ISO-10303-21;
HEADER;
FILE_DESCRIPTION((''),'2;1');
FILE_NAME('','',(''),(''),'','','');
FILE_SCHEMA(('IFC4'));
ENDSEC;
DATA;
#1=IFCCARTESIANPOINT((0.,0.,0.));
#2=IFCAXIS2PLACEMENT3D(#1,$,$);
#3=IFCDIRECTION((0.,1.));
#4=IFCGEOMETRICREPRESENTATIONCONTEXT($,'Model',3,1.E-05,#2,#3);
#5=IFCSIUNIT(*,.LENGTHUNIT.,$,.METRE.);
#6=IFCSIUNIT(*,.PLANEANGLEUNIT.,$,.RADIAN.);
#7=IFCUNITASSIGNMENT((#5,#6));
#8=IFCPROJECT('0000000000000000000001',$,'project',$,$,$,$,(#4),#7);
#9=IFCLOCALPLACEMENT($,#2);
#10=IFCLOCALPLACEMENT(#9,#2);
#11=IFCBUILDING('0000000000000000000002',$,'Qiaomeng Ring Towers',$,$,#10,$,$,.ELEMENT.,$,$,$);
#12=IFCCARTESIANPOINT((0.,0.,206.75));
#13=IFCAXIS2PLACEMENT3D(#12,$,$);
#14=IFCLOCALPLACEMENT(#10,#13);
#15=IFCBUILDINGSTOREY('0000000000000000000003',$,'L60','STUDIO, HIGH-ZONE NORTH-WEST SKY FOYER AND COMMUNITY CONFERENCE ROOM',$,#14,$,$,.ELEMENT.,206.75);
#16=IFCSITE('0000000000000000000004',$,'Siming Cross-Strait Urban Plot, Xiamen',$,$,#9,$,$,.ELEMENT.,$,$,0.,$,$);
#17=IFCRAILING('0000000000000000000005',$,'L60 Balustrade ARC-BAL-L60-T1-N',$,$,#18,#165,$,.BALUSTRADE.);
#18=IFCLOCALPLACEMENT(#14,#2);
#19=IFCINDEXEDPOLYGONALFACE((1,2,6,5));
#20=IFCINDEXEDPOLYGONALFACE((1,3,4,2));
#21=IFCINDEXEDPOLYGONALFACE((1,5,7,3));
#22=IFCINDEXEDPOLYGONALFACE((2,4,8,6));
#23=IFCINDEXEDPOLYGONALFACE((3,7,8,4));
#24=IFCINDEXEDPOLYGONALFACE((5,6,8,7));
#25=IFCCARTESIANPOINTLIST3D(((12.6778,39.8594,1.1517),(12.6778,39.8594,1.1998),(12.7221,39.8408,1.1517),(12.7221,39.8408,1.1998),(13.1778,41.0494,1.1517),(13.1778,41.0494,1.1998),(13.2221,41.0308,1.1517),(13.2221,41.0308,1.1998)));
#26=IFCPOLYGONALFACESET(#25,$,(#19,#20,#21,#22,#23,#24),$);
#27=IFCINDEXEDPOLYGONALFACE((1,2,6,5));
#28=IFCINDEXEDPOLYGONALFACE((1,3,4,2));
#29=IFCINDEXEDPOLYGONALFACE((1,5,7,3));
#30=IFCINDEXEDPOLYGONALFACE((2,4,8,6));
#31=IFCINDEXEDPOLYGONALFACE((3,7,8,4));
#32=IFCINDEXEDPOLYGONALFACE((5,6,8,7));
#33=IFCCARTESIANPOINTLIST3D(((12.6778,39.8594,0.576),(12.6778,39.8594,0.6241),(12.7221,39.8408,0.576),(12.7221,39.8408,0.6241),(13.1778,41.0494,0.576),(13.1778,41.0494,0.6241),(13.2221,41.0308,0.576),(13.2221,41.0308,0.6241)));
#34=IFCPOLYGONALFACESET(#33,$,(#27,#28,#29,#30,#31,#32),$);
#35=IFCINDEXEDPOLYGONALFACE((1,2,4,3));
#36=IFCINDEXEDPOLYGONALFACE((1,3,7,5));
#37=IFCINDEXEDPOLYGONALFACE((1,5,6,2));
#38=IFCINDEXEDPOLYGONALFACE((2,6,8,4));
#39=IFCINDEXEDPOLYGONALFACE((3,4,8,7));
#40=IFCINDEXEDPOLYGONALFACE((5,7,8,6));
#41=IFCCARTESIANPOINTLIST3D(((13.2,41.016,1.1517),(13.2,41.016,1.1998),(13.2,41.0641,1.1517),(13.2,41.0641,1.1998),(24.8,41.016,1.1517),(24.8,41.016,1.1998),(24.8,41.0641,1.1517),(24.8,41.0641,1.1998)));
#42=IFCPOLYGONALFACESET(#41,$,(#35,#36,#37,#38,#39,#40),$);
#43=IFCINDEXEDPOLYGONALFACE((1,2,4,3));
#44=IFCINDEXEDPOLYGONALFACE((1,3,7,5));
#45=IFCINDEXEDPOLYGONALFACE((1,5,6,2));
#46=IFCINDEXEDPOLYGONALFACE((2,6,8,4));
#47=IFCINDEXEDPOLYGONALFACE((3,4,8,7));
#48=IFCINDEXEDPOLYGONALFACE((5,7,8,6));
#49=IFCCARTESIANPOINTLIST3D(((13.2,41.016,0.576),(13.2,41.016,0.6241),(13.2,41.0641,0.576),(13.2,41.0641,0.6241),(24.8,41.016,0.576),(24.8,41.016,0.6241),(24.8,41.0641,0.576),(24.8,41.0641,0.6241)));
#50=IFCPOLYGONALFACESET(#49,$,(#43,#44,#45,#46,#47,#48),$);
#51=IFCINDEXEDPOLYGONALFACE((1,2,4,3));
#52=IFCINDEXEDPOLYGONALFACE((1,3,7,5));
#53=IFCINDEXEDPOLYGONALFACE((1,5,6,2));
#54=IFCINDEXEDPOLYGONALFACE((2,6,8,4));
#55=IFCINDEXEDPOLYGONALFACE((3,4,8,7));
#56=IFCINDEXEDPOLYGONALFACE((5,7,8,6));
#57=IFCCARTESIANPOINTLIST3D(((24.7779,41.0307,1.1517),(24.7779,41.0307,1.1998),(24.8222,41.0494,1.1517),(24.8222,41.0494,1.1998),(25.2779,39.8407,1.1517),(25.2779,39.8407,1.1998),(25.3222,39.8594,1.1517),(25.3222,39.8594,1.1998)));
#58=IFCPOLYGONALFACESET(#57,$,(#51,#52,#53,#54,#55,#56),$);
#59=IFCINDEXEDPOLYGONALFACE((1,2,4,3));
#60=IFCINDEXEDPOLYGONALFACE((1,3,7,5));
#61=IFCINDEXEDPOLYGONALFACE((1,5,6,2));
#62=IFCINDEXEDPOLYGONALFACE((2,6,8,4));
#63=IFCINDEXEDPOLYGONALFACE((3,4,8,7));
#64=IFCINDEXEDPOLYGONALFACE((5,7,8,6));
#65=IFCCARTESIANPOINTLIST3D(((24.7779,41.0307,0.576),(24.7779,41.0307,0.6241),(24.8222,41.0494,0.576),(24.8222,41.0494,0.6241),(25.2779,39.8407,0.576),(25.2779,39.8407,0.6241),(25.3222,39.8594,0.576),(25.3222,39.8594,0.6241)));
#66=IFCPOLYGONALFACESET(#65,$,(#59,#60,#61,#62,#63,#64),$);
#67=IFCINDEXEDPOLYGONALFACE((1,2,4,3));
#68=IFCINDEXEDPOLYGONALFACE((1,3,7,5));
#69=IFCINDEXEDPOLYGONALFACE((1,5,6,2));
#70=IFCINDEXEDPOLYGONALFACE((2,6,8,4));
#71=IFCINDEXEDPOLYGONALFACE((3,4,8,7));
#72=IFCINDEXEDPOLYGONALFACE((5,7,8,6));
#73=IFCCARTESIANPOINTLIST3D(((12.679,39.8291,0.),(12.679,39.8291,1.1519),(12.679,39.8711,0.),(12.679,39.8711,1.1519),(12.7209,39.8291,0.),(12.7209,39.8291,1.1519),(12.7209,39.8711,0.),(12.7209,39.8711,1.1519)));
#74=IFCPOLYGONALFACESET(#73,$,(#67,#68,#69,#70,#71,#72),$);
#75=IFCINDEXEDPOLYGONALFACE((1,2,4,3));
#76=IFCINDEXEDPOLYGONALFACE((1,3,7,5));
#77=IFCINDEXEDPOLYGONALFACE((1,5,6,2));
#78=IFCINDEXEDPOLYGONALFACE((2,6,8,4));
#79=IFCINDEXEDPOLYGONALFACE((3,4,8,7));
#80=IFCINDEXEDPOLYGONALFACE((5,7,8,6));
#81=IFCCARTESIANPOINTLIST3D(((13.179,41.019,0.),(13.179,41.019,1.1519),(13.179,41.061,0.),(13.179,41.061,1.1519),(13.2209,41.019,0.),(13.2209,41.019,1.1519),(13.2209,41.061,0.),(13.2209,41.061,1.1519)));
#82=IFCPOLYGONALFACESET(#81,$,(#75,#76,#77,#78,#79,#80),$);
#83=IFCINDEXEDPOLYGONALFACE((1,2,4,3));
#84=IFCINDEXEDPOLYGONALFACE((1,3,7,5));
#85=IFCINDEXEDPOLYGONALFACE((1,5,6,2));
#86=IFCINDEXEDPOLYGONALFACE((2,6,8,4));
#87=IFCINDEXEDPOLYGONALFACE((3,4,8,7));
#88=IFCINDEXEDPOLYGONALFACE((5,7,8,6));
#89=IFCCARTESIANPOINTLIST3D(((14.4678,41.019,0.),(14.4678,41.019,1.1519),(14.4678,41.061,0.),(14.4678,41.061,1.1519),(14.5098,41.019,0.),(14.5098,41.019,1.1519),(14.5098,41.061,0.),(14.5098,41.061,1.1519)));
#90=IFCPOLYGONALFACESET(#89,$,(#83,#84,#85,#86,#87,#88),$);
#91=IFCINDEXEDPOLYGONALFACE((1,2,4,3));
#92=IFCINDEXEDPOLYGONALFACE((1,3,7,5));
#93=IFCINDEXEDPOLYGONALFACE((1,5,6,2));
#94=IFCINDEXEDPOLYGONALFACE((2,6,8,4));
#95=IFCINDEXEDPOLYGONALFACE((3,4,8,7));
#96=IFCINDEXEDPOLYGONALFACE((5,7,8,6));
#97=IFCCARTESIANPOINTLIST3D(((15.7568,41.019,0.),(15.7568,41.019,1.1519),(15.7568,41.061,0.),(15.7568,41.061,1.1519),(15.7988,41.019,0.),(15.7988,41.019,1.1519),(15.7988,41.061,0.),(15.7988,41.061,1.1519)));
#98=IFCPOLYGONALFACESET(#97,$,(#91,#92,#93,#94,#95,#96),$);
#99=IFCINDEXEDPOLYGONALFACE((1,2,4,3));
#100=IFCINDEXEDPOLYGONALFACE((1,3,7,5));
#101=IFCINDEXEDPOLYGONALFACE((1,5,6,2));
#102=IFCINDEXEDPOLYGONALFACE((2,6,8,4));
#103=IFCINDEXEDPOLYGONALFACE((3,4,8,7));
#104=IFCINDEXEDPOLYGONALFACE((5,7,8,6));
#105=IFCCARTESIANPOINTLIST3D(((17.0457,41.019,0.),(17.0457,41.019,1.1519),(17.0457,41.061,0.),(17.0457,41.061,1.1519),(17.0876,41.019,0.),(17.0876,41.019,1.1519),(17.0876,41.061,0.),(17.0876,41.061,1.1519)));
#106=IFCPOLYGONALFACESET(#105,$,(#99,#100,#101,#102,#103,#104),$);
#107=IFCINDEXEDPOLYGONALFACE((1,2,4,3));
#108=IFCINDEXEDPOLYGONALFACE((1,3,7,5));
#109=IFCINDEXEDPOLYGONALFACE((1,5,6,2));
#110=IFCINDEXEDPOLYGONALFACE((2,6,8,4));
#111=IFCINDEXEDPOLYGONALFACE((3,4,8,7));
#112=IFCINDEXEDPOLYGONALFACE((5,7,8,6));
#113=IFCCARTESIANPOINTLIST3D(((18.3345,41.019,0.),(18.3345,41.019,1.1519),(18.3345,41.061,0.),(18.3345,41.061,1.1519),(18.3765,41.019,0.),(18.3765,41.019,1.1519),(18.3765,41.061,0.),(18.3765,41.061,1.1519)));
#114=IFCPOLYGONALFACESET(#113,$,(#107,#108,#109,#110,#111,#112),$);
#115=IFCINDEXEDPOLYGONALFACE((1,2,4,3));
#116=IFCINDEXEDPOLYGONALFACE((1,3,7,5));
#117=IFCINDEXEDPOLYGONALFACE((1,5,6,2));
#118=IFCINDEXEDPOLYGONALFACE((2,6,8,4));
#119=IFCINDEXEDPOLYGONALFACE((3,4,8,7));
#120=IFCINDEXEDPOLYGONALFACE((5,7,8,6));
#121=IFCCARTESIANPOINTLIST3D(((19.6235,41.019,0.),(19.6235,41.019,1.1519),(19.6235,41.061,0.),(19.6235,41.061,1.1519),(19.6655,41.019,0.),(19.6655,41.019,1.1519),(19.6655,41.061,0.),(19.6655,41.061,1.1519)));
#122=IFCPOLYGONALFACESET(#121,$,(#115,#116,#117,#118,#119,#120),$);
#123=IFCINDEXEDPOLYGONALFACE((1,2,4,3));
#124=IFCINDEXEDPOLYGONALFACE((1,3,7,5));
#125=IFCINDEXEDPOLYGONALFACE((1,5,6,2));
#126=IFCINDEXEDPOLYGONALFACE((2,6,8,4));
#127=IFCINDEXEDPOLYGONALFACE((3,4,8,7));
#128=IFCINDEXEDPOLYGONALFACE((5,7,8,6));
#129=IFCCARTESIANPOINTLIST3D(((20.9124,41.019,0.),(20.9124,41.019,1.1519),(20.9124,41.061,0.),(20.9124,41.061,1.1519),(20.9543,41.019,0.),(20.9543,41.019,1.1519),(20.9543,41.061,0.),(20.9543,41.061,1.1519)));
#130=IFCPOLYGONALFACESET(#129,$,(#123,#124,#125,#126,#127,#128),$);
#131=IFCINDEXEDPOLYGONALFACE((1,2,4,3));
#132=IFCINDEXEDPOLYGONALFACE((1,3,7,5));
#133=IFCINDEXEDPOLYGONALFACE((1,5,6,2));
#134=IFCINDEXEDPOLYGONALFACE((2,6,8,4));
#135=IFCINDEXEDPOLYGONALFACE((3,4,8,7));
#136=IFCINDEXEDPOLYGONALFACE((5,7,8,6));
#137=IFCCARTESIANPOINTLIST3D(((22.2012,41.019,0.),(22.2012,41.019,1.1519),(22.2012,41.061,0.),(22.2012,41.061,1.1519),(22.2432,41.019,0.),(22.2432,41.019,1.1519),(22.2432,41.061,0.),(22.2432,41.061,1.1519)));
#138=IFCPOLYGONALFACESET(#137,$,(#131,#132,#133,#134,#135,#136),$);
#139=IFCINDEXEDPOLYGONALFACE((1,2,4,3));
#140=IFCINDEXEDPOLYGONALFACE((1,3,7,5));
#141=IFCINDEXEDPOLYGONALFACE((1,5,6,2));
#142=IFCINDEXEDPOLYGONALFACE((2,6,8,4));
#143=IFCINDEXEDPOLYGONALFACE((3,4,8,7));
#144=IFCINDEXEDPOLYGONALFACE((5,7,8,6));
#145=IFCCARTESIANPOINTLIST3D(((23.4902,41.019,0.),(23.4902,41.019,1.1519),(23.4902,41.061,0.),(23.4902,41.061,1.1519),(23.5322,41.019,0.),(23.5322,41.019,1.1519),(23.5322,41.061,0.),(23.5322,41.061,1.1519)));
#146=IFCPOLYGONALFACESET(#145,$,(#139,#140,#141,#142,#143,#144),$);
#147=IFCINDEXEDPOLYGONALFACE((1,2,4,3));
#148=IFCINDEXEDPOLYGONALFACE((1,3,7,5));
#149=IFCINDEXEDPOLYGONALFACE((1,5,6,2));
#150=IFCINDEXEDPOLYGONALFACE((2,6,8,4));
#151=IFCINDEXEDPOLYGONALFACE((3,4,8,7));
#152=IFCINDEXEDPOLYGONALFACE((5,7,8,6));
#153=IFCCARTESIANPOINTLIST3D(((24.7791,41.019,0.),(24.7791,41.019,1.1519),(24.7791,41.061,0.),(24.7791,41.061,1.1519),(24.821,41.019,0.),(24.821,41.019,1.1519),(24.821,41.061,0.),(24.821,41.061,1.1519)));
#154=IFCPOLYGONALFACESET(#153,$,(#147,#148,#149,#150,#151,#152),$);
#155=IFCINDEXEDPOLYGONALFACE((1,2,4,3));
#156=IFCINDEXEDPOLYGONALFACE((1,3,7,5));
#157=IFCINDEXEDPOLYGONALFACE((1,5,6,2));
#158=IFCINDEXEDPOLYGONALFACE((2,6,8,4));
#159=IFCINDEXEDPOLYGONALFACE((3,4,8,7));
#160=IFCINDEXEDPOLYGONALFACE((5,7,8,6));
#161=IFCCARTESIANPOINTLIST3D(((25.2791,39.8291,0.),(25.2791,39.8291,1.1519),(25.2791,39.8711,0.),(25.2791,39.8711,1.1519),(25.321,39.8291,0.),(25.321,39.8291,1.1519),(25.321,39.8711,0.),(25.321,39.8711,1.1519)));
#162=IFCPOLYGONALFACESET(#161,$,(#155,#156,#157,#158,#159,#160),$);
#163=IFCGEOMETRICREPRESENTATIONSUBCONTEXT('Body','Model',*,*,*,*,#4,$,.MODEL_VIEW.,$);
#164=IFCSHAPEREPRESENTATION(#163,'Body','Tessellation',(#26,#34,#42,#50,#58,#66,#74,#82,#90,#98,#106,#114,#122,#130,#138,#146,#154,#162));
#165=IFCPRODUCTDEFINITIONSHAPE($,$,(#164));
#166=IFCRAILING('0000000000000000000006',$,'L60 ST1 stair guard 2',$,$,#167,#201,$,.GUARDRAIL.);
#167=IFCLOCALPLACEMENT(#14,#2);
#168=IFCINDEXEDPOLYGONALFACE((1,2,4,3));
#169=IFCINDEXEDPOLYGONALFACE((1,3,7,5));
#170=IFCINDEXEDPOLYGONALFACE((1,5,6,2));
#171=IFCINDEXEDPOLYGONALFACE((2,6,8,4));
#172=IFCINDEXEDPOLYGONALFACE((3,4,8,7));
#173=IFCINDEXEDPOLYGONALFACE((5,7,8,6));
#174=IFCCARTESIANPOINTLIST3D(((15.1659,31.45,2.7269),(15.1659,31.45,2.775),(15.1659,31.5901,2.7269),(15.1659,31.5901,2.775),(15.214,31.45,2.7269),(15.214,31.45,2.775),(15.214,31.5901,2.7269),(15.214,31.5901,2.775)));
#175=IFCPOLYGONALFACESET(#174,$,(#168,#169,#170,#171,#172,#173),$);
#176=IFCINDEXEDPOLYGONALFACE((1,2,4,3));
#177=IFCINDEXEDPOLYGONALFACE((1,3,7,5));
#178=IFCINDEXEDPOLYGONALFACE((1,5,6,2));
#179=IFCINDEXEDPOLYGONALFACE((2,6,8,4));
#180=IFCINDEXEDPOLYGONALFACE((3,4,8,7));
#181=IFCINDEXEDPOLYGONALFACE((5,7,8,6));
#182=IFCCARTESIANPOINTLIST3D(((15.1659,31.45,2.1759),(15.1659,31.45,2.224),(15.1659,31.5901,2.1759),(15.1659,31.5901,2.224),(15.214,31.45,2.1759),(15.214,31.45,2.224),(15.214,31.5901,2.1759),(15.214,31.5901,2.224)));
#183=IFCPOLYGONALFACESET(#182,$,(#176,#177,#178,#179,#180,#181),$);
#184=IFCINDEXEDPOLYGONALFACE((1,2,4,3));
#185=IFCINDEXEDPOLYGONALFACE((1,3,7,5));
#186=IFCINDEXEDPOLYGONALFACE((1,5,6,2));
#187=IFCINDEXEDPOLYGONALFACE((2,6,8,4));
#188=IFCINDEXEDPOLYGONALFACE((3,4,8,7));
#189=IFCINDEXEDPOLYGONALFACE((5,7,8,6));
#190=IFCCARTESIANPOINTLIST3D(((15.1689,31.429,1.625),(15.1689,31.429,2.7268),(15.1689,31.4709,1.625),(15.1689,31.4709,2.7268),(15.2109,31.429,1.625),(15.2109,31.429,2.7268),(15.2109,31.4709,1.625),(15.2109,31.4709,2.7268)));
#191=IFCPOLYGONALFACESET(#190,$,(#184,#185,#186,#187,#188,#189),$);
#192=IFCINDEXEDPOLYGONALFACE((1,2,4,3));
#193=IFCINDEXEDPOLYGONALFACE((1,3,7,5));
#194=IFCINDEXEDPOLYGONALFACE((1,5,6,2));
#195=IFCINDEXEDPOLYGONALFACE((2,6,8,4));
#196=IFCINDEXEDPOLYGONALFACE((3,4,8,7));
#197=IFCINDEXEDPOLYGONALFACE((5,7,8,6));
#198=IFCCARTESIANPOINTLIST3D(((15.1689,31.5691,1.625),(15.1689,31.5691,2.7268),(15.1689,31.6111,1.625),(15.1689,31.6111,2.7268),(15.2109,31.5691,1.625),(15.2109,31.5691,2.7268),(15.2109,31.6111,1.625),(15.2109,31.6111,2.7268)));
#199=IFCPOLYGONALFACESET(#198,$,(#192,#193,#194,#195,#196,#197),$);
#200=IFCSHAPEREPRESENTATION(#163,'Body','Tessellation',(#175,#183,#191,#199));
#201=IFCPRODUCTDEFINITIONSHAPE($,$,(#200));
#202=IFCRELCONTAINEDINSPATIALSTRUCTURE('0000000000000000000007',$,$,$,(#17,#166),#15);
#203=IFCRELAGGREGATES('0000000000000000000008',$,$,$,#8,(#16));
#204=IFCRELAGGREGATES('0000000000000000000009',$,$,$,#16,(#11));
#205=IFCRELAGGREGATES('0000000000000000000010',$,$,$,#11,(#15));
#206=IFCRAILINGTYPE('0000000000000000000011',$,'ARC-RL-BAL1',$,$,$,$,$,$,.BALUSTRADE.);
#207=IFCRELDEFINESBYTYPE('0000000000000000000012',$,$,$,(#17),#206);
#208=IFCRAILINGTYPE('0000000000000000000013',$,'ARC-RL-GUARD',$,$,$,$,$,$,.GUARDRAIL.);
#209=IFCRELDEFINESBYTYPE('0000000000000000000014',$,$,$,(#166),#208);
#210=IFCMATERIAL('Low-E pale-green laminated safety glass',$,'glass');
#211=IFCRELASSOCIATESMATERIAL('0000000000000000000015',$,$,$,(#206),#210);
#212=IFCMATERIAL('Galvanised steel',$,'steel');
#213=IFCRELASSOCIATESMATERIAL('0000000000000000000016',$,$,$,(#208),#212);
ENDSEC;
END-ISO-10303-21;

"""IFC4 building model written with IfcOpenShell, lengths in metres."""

from ifc_helpers import new_model, si_unit, direction, frame, origin, origin_2d, place, context, subcontext, project, spatial, rectangle, extrude, material, type_object, element, save


model = new_model("IFC4")

# Units and contexts
model_context = context("Model", 3, precision=1e-05, world=origin(), true_north=direction((0.0, 1.0)))
body_context = subcontext(model_context, "Body", "Model", "MODEL_VIEW")
ifc_project = project(units=[si_unit("LENGTHUNIT", "METRE"), si_unit("PLANEANGLEUNIT", "RADIAN")], contexts=[model_context])

# Site, building, storey
site_placement = place(None, origin())
site = spatial("IfcSite", under=ifc_project, at=site_placement, Name="Siming Cross-Strait Urban Plot, Xiamen", CompositionType="ELEMENT", RefElevation=0.0)
building_placement = place(site_placement, origin())
building = spatial("IfcBuilding", under=site, at=building_placement, Name="Qiaomeng Ring Towers", CompositionType="ELEMENT")
storey_placement = place(building_placement, frame((0.0, 0.0, 206.75)))
storey = spatial("IfcBuildingStorey", under=building, at=storey_placement, Name="L60", Description="STUDIO, HIGH-ZONE NORTH-WEST SKY FOYER AND COMMUNITY CONFERENCE ROOM", CompositionType="ELEMENT", Elevation=206.75)

# Shared definitions
ifc_material_1 = material(Name="Galvanised steel", Category="steel")

# Railings
ifc_material_2 = material(Name="Low-E pale-green laminated safety glass", Category="glass")
railing_type_1 = type_object("IfcRailingType", Name="ARC-RL-BAL1", PredefinedType="BALUSTRADE", material=ifc_material_2)
railing_1_placement = place(storey_placement, frame((12.7, 39.8501, 0.0)))
element("IfcRailing", 1, at=railing_1_placement, inside=storey, type_object=railing_type_1, Name="L60 Balustrade ARC-BAL-L60-T1-N", PredefinedType="BALUSTRADE", context=body_context, shape_type="SweptSolid", body=[
    extrude(rectangle(XDim=0.0481, YDim=0.0481, at=origin_2d()), frame((0.0, 0.0, 1.1758), z_axis=(0.38738, 0.92192, 0.0), x_axis=(-0.92192, 0.38738, 0.0)), (0.0, 0.0, 1.0), 1.2908),
    extrude(rectangle(XDim=0.0481, YDim=0.0481, at=origin_2d()), frame((0.0, 0.0, 0.6001), z_axis=(0.38738, 0.92192, 0.0), x_axis=(-0.92192, 0.38738, 0.0)), (0.0, 0.0, 1.0), 1.2908),
    extrude(rectangle(XDim=0.0481, YDim=0.0481, at=origin_2d()), frame((0.5, 1.1899, 1.1758), z_axis=(1.0, 0.0, 0.0), x_axis=(0.0, 1.0, 0.0)), (0.0, 0.0, 1.0), 11.6001),
    extrude(rectangle(XDim=0.0481, YDim=0.0481, at=origin_2d()), frame((0.5, 1.1899, 0.6001), z_axis=(1.0, 0.0, 0.0), x_axis=(0.0, 1.0, 0.0)), (0.0, 0.0, 1.0), 11.6001),
    extrude(rectangle(XDim=0.0481, YDim=0.0481, at=origin_2d()), frame((12.1001, 1.1899, 1.1758), z_axis=(0.38738, -0.92192, 0.0), x_axis=(0.92192, 0.38738, 0.0)), (0.0, 0.0, 1.0), 1.2908),
    extrude(rectangle(XDim=0.0481, YDim=0.0481, at=origin_2d()), frame((12.1001, 1.1899, 0.6001), z_axis=(0.38738, -0.92192, 0.0), x_axis=(0.92192, 0.38738, 0.0)), (0.0, 0.0, 1.0), 1.2908),
    extrude(rectangle(XDim=0.042, YDim=0.042, at=origin_2d()), origin(), (0.0, 0.0, 1.0), 1.1519),
    extrude(rectangle(XDim=0.042, YDim=0.042, at=origin_2d()), frame((0.5, 1.1899, 0.0)), (0.0, 0.0, 1.0), 1.1519),
    extrude(rectangle(XDim=0.042, YDim=0.042, at=origin_2d()), frame((1.7888, 1.1899, 0.0)), (0.0, 0.0, 1.0), 1.1519),
    extrude(rectangle(XDim=0.042, YDim=0.042, at=origin_2d()), frame((3.0779, 1.1899, 0.0)), (0.0, 0.0, 1.0), 1.1519),
    extrude(rectangle(XDim=0.042, YDim=0.042, at=origin_2d()), frame((4.3667, 1.1899, 0.0)), (0.0, 0.0, 1.0), 1.1519),
    extrude(rectangle(XDim=0.042, YDim=0.042, at=origin_2d()), frame((5.6555, 1.1899, 0.0)), (0.0, 0.0, 1.0), 1.1519),
    extrude(rectangle(XDim=0.042, YDim=0.042, at=origin_2d()), frame((6.9446, 1.1899, 0.0)), (0.0, 0.0, 1.0), 1.1519),
    extrude(rectangle(XDim=0.042, YDim=0.042, at=origin_2d()), frame((8.2334, 1.1899, 0.0)), (0.0, 0.0, 1.0), 1.1519),
    extrude(rectangle(XDim=0.042, YDim=0.042, at=origin_2d()), frame((9.5222, 1.1899, 0.0)), (0.0, 0.0, 1.0), 1.1519),
    extrude(rectangle(XDim=0.042, YDim=0.042, at=origin_2d()), frame((10.8113, 1.1899, 0.0)), (0.0, 0.0, 1.0), 1.1519),
    extrude(rectangle(XDim=0.042, YDim=0.042, at=origin_2d()), frame((12.1001, 1.1899, 0.0)), (0.0, 0.0, 1.0), 1.1519),
    extrude(rectangle(XDim=0.042, YDim=0.042, at=origin_2d()), frame((12.6001, 0.0, 0.0)), (0.0, 0.0, 1.0), 1.1519),
])
railing_type_2 = type_object("IfcRailingType", Name="ARC-RL-GUARD", PredefinedType="GUARDRAIL", material=ifc_material_1)
railing_2_placement = place(storey_placement, frame((15.1899, 31.45, 1.625)))
element("IfcRailing", 2, at=railing_2_placement, inside=storey, type_object=railing_type_2, Name="L60 ST1 stair guard 2", PredefinedType="GUARDRAIL", context=body_context, shape_type="SweptSolid", body=[
    extrude(rectangle(XDim=0.0481, YDim=0.0481, at=origin_2d()), frame((0.0, 0.0, 1.126), z_axis=(0.0, 1.0, 0.0), x_axis=(-1.0, 0.0, 0.0)), (0.0, 0.0, 1.0), 0.1401),
    extrude(rectangle(XDim=0.0481, YDim=0.0481, at=origin_2d()), frame((0.0, 0.0, 0.575), z_axis=(0.0, 1.0, 0.0), x_axis=(-1.0, 0.0, 0.0)), (0.0, 0.0, 1.0), 0.1401),
    extrude(rectangle(XDim=0.042, YDim=0.042, at=origin_2d()), origin(), (0.0, 0.0, 1.0), 1.1018),
    extrude(rectangle(XDim=0.042, YDim=0.042, at=origin_2d()), frame((0.0, 0.1401, 0.0)), (0.0, 0.0, 1.0), 1.1018),
])

save(model, "model.ifc")
